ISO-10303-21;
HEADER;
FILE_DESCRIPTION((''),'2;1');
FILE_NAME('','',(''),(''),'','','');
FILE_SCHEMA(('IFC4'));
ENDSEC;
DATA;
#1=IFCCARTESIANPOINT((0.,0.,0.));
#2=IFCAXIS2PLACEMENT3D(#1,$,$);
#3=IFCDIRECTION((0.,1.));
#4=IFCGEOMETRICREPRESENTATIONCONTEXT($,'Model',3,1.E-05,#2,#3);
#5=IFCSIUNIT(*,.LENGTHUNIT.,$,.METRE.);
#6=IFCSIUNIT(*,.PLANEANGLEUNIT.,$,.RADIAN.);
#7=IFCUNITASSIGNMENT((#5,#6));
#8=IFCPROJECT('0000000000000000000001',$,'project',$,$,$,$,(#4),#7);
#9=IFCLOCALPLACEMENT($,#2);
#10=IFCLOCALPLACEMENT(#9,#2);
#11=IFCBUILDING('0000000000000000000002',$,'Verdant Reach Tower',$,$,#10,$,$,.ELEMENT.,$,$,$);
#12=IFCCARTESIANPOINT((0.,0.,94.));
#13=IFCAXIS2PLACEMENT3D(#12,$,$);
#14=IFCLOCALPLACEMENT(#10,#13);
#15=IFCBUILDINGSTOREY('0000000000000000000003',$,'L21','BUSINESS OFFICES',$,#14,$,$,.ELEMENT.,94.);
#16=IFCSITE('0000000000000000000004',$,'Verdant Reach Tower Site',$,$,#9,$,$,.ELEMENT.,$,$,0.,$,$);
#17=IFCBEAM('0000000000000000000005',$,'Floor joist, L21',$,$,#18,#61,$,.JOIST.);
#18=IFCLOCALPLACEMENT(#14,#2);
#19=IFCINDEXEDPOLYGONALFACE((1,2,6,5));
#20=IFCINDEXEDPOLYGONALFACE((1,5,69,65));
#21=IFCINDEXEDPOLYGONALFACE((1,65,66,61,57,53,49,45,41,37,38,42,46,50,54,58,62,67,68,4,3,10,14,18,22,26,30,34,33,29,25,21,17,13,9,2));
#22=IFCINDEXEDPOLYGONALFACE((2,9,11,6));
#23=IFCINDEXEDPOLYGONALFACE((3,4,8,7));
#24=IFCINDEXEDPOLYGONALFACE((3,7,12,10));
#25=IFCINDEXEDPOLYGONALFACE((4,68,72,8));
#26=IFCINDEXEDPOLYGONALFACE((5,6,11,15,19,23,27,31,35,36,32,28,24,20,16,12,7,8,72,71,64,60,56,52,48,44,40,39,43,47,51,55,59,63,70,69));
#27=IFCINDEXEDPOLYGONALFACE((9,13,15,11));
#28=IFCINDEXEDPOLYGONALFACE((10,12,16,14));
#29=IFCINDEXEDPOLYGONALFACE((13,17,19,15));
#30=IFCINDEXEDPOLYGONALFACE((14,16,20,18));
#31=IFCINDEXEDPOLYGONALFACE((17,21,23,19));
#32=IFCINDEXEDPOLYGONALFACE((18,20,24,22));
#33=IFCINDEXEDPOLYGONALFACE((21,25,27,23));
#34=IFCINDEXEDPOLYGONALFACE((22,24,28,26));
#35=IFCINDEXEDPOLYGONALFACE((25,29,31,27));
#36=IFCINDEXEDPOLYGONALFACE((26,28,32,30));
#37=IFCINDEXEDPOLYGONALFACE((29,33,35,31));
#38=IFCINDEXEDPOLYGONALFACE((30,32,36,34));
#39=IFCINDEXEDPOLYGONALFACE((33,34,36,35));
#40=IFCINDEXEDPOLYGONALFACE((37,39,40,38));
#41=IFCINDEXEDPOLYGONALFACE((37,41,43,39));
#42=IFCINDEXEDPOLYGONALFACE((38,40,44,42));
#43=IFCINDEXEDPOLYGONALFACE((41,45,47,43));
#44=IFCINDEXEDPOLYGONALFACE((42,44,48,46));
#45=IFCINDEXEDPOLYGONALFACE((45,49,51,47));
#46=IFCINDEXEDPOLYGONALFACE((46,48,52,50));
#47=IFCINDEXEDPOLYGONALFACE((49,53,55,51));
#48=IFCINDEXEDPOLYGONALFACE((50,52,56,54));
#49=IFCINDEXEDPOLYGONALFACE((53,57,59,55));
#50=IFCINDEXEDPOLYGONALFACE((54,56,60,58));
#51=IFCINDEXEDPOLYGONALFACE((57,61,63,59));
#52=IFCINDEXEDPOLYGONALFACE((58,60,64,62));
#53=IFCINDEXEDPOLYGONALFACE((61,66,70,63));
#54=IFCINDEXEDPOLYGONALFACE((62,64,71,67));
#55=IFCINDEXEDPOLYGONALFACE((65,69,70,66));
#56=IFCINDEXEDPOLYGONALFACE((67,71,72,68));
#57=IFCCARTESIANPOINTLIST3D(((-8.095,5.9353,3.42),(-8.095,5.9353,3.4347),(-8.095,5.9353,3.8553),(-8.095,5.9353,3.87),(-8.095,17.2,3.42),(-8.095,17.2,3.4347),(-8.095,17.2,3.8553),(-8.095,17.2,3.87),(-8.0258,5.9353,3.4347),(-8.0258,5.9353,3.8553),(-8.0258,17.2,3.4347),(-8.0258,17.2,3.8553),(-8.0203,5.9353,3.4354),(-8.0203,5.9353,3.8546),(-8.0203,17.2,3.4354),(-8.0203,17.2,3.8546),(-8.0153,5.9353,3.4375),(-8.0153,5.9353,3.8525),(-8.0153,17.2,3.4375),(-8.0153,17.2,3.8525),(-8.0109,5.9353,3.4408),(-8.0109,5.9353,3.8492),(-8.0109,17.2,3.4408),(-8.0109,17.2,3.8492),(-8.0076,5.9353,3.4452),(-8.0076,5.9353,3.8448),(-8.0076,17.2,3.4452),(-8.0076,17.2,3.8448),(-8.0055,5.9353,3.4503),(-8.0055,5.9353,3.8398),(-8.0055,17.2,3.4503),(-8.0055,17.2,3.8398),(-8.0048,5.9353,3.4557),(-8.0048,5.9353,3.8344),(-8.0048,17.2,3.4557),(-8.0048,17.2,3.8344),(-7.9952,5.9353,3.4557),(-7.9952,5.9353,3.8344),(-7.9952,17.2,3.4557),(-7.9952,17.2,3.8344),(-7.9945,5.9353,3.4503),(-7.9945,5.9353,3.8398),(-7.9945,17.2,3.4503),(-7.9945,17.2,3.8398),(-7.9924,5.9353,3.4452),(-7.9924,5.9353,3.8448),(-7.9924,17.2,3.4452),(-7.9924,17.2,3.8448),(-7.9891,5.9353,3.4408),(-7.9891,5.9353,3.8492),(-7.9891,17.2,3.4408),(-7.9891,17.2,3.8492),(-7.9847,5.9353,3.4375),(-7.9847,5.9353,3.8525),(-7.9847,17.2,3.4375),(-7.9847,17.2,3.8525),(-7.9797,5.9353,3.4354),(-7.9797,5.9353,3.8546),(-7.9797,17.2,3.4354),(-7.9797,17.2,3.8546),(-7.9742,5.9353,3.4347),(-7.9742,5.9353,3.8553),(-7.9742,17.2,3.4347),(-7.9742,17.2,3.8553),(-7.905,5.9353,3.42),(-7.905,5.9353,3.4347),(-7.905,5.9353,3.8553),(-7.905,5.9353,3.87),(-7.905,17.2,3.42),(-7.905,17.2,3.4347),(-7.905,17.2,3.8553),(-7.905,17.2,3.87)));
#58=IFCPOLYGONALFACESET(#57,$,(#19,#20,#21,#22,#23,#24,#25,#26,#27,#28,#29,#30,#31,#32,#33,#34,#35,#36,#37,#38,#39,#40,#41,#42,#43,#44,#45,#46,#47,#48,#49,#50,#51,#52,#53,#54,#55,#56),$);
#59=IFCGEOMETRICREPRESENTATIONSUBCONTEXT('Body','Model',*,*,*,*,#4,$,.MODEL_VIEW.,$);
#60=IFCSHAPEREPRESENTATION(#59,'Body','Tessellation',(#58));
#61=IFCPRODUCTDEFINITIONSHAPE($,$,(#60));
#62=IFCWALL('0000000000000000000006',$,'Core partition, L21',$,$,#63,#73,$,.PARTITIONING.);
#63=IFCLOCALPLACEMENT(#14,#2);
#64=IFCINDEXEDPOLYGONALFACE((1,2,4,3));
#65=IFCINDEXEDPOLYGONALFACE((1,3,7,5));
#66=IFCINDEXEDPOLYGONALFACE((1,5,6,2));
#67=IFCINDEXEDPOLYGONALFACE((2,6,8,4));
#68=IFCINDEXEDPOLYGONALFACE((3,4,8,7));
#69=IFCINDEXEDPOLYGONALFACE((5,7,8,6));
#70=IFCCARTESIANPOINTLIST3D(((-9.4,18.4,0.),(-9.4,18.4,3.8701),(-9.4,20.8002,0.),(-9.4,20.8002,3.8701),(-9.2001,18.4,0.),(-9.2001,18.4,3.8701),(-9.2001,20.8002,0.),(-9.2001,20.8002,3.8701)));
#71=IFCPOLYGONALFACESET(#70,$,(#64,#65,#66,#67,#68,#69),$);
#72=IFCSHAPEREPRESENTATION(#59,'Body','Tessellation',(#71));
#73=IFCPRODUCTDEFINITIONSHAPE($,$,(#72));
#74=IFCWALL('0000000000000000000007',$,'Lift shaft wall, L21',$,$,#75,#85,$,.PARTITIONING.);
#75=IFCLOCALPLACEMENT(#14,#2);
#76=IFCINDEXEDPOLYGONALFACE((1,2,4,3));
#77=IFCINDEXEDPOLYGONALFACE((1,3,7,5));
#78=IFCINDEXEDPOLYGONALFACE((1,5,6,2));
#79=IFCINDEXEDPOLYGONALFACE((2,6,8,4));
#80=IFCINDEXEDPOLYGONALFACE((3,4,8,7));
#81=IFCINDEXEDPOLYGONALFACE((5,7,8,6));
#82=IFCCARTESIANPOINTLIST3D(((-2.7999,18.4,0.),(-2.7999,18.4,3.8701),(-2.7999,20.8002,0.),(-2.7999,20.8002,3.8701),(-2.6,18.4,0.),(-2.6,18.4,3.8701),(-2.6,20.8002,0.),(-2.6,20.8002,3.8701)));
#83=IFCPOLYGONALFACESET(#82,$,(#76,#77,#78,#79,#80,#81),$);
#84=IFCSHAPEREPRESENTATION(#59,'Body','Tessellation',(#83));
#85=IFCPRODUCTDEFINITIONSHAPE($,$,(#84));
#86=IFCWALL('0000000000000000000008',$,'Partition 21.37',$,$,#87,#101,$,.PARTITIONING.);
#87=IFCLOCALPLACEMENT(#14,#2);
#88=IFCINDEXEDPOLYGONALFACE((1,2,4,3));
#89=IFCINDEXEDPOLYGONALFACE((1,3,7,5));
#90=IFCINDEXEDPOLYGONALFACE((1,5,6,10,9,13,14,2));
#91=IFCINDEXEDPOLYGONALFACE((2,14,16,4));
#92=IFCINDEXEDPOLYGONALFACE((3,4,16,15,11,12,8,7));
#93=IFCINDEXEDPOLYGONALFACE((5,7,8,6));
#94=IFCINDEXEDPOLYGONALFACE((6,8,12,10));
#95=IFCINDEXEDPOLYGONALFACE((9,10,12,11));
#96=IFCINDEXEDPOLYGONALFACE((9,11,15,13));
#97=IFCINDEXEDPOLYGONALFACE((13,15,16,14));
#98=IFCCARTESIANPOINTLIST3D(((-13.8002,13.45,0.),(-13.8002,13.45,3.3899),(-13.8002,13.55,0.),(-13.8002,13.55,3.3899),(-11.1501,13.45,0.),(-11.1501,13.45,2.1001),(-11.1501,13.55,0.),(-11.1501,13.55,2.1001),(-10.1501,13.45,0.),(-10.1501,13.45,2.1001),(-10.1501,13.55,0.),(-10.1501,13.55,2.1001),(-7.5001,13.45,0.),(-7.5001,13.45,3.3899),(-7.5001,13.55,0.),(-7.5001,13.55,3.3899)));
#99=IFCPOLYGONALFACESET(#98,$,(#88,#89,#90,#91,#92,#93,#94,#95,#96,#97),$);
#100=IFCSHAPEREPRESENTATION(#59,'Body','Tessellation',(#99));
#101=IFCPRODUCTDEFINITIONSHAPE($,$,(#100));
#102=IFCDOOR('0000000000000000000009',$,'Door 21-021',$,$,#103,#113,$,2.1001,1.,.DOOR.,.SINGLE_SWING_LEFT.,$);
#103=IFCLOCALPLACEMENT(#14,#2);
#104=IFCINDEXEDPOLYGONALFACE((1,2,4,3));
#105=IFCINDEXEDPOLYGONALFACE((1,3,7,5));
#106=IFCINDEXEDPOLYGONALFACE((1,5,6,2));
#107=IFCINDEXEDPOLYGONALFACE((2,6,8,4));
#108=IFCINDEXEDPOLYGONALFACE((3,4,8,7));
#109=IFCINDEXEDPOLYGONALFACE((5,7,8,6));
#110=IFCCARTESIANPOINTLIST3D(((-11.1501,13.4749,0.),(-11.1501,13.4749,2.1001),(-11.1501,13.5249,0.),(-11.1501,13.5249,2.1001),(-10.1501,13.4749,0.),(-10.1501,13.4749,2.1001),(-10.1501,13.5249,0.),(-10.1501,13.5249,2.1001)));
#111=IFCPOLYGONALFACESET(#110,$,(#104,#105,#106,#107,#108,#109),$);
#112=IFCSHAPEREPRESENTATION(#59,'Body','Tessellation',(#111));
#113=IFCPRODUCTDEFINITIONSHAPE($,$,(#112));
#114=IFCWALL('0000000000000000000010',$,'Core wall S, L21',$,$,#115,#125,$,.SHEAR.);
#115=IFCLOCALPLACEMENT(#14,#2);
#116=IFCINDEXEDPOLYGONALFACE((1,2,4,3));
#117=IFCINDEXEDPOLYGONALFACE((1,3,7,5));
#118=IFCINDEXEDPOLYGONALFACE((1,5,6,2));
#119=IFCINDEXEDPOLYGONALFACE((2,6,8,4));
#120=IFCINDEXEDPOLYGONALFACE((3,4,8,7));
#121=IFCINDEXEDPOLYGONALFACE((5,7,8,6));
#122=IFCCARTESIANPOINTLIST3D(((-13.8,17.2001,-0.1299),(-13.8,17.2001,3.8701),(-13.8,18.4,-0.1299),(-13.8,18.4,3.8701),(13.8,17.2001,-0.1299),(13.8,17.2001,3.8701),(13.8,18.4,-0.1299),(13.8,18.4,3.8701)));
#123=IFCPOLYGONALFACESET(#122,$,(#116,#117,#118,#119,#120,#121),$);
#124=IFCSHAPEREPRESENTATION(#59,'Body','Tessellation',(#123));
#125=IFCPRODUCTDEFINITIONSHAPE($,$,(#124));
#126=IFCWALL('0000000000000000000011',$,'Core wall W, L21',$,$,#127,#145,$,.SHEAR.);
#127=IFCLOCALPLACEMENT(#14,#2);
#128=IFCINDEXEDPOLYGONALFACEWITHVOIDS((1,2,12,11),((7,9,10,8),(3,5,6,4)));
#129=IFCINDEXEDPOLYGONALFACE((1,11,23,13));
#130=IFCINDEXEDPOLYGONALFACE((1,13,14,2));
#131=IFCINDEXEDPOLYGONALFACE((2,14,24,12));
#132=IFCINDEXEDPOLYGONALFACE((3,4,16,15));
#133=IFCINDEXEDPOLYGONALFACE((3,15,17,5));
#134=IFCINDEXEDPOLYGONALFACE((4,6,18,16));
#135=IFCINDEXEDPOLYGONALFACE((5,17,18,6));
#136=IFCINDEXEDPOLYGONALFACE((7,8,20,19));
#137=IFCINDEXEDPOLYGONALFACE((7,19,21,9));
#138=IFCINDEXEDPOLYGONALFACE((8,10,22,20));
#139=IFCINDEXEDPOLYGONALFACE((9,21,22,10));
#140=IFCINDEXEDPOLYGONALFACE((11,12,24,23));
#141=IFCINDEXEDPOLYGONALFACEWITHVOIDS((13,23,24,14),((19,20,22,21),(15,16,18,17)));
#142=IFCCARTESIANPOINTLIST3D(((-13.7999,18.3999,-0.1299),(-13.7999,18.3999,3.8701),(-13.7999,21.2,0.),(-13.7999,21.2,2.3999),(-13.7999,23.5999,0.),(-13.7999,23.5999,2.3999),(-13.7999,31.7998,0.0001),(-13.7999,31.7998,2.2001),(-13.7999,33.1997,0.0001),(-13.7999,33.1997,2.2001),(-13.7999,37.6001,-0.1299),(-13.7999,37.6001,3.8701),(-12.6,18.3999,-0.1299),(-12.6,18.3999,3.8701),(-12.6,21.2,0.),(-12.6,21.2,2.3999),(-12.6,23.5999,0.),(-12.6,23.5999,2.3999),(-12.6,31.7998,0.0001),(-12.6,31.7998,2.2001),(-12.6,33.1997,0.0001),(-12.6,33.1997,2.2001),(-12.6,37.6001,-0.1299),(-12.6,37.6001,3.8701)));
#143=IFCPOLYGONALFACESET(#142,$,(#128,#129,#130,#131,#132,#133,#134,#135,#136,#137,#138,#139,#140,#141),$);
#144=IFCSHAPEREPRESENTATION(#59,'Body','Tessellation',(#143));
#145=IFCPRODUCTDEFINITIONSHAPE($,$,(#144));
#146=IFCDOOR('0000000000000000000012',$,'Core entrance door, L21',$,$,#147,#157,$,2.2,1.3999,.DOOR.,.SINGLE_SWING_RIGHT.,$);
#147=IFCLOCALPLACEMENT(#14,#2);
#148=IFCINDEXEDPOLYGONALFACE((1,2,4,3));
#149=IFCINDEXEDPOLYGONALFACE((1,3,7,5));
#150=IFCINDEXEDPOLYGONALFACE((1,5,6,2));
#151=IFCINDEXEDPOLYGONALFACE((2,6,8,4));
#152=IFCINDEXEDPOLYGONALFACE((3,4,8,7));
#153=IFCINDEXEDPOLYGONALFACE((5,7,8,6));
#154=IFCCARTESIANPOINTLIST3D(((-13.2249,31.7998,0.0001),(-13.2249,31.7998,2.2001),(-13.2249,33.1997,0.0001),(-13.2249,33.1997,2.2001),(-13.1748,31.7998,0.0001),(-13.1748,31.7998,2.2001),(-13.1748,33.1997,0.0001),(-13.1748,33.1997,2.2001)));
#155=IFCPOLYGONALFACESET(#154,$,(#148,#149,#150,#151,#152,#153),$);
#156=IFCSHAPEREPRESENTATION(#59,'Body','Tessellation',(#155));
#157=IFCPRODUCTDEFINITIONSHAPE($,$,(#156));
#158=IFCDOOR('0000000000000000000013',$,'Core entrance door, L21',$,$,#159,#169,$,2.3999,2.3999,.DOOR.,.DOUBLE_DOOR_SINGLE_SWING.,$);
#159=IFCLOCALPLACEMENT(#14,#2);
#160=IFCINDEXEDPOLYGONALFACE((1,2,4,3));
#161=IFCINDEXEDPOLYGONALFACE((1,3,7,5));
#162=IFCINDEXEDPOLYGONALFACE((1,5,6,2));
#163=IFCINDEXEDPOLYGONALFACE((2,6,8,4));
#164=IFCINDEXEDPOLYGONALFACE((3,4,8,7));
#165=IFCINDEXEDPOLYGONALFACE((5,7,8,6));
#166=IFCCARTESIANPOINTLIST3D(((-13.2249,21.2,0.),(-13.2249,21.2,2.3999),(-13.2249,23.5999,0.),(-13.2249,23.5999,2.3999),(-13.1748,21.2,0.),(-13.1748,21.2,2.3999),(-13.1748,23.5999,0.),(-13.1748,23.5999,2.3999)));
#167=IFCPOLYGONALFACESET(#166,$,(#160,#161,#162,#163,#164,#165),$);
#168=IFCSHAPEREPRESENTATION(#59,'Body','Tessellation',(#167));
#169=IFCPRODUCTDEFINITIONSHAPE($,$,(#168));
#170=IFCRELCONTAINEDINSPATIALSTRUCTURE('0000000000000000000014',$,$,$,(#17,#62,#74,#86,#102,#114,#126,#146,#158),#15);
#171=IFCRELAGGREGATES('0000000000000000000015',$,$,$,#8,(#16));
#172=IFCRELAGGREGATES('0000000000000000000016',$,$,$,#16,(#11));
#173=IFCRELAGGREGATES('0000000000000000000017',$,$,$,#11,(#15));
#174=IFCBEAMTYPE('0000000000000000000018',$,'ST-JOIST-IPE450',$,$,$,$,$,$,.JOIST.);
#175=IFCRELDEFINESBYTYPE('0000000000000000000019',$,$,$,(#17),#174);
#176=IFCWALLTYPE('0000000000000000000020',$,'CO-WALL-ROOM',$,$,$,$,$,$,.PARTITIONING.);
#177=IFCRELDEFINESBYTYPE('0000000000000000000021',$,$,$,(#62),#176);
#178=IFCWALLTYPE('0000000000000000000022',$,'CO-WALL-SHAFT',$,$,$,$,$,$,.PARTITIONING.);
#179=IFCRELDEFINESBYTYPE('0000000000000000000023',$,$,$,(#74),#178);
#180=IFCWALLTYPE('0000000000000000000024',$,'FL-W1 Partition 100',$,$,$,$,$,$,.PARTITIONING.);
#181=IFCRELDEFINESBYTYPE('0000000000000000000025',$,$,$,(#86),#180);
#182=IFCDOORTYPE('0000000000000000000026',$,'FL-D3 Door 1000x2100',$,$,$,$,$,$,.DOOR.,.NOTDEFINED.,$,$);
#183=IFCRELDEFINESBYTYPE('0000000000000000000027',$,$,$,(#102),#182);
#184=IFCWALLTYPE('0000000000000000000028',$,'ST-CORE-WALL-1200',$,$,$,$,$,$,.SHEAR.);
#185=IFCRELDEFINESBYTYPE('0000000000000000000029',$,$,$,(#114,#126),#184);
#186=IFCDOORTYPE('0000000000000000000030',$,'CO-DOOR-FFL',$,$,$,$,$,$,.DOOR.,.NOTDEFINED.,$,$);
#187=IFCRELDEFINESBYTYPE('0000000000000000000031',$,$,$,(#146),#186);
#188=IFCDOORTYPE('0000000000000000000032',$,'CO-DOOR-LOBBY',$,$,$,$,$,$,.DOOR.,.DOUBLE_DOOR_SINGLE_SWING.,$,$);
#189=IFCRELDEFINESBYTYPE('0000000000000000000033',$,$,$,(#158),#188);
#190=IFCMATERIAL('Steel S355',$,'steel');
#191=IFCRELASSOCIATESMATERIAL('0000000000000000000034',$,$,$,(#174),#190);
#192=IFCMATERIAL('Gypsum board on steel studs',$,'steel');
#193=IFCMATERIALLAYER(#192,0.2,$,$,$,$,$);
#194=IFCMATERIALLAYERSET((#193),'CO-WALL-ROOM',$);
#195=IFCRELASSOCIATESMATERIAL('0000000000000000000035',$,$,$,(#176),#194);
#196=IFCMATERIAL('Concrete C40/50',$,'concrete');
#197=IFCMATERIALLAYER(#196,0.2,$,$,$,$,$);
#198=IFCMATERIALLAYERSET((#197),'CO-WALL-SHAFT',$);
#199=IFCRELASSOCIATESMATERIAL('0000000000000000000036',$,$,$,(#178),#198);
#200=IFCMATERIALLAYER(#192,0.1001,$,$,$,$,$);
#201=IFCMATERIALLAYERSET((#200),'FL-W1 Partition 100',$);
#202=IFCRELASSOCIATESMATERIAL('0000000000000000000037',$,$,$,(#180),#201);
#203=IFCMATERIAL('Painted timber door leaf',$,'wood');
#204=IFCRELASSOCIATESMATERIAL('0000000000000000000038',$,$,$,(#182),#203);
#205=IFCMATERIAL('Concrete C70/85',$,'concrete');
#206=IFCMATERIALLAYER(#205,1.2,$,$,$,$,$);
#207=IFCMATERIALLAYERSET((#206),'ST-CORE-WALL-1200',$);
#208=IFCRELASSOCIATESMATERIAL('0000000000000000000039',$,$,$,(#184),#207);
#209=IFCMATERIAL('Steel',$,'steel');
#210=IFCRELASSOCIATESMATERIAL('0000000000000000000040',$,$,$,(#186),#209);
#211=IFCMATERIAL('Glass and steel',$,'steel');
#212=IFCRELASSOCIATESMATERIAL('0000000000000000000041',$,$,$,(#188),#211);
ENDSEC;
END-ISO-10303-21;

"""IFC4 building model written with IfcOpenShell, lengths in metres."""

from ifc_helpers import new_model, si_unit, direction, frame, frame_2d, origin, origin_2d, place, context, subcontext, project, spatial, rectangle, i_section, extrude, material, layer, layer_set, material_profile, profile_set, type_object, element, fill, save


model = new_model("IFC4")

# Units and contexts
model_context = context("Model", 3, precision=1e-05, world=origin(), true_north=direction((0.0, 1.0)))
body_context = subcontext(model_context, "Body", "Model", "MODEL_VIEW")
ifc_project = project(units=[si_unit("LENGTHUNIT", "METRE"), si_unit("PLANEANGLEUNIT", "RADIAN")], contexts=[model_context])

# Site, building, storey
site_placement = place(None, origin())
site = spatial("IfcSite", under=ifc_project, at=site_placement, Name="Verdant Reach Tower Site", CompositionType="ELEMENT", RefElevation=0.0)
building_placement = place(site_placement, origin())
building = spatial("IfcBuilding", under=site, at=building_placement, Name="Verdant Reach Tower", CompositionType="ELEMENT")
storey_placement = place(building_placement, frame((0.0, 0.0, 94.0)))
storey = spatial("IfcBuildingStorey", under=building, at=storey_placement, Name="L21", Description="BUSINESS OFFICES", CompositionType="ELEMENT", Elevation=94.0)

# Beam
ifc_material_1 = material(Name="Steel S355", Category="steel")
ifc_material_profile_1 = material_profile(ifc_material_1, i_section(OverallWidth=0.1899, OverallDepth=0.45, WebThickness=0.0095, FlangeThickness=0.0146, FilletRadius=0.021, at=origin_2d()), Name="IPE 450")
ifc_profile_set_1 = profile_set([ifc_material_profile_1], Name="Steel S355")
beam_type_1 = type_object("IfcBeamType", Name="ST-JOIST-IPE450", PredefinedType="JOIST", material=ifc_profile_set_1)
beam_1_placement = place(storey_placement, frame((-8.0, 17.2, 3.645), z_axis=(0.0, -1.0, 0.0), x_axis=(1.0, 0.0, 0.0)))
element("IfcBeam", 1, at=beam_1_placement, inside=storey, type_object=beam_type_1, Name="Floor joist, L21", PredefinedType="JOIST", context=body_context, shape_type="SweptSolid", body=[
    extrude(i_section(OverallWidth=0.1899, OverallDepth=0.45, WebThickness=0.0095, FlangeThickness=0.0146, FilletRadius=0.021, at=origin_2d()), origin(), (0.0, 0.0, 1.0), 11.2646),
])

# Walls
ifc_material_2 = material(Name="Gypsum board on steel studs", Category="steel")
ifc_layer_1 = layer(ifc_material_2, 0.2)
ifc_layer_set_1 = layer_set([ifc_layer_1], Name="CO-WALL-ROOM")
wall_type_1 = type_object("IfcWallType", Name="CO-WALL-ROOM", PredefinedType="PARTITIONING", material=ifc_layer_set_1)
wall_1_placement = place(storey_placement, frame((-9.3, 18.3999, 0.0), z_axis=(0.0, 0.0, 1.0), x_axis=(0.0, 1.0, 0.0)))
element("IfcWall", 2, at=wall_1_placement, inside=storey, type_object=wall_type_1, Name="Core partition, L21", PredefinedType="PARTITIONING", context=body_context, shape_type="SweptSolid", body=[
    extrude(rectangle(XDim=2.4001, YDim=0.2, at=frame_2d((1.2002, 0.0))), origin(), (0.0, 0.0, 1.0), 3.8701),
])
ifc_material_3 = material(Name="Concrete C40/50", Category="concrete")
ifc_layer_2 = layer(ifc_material_3, 0.2)
ifc_layer_set_2 = layer_set([ifc_layer_2], Name="CO-WALL-SHAFT")
wall_type_2 = type_object("IfcWallType", Name="CO-WALL-SHAFT", PredefinedType="PARTITIONING", material=ifc_layer_set_2)
wall_2_placement = place(storey_placement, frame((-2.7, 18.3999, 0.0), z_axis=(0.0, 0.0, 1.0), x_axis=(0.0, 1.0, 0.0)))
element("IfcWall", 3, at=wall_2_placement, inside=storey, type_object=wall_type_2, Name="Lift shaft wall, L21", PredefinedType="PARTITIONING", context=body_context, shape_type="SweptSolid", body=[
    extrude(rectangle(XDim=2.4001, YDim=0.2, at=frame_2d((1.2002, 0.0))), origin(), (0.0, 0.0, 1.0), 3.8701),
])

# Wall, opening, door
ifc_layer_3 = layer(ifc_material_2, 0.1001)
ifc_layer_set_3 = layer_set([ifc_layer_3], Name="FL-W1 Partition 100")
wall_type_3 = type_object("IfcWallType", Name="FL-W1 Partition 100", PredefinedType="PARTITIONING", material=ifc_layer_set_3)
wall_3_placement = place(storey_placement, frame((-13.8, 13.5, 0.0), z_axis=(0.0, 0.0, 1.0), x_axis=(1.0, 0.0, 0.0)))
wall_3 = element("IfcWall", 4, at=wall_3_placement, inside=storey, type_object=wall_type_3, Name="Partition 21.37", PredefinedType="PARTITIONING", context=body_context, shape_type="SweptSolid", body=[
    extrude(rectangle(XDim=6.3, YDim=0.1001, at=frame_2d((3.1499, 0.0))), origin(), (0.0, 0.0, 1.0), 3.3899),
])
opening_1_placement = place(wall_3_placement, frame((2.6499, 0.0, 0.0)))
opening_1 = element("IfcOpeningElement", 5, at=opening_1_placement, cuts=wall_3, PredefinedType="OPENING", context=body_context, shape_type="SweptSolid", body=[
    extrude(rectangle(XDim=1.0, YDim=2.1001, at=frame_2d((0.5, 1.05))), frame((0.0, 0.0601, 0.0), z_axis=(0.0, -1.0, 0.0), x_axis=(1.0, 0.0, 0.0)), (0.0, 0.0, 1.0), 0.1201),
])
ifc_material_4 = material(Name="Painted timber door leaf", Category="wood")
door_type_1 = type_object("IfcDoorType", Name="FL-D3 Door 1000x2100", OperationType="NOTDEFINED", PredefinedType="DOOR", material=ifc_material_4)
door_1_placement = place(opening_1_placement, origin())
door_1 = element("IfcDoor", 6, at=door_1_placement, inside=storey, type_object=door_type_1, Name="Door 21-021", OperationType="SINGLE_SWING_LEFT", OverallHeight=2.1001, OverallWidth=1.0, PredefinedType="DOOR", context=body_context, shape_type="SweptSolid", body=[
    extrude(rectangle(XDim=1.0, YDim=2.1001, at=frame_2d((0.5, 1.05))), frame((0.0, 0.0249, 0.0), z_axis=(0.0, -1.0, 0.0), x_axis=(1.0, 0.0, 0.0)), (0.0, 0.0, 1.0), 0.05),
])
fill(opening_1, door_1)

# Wall
ifc_material_5 = material(Name="Concrete C70/85", Category="concrete")
ifc_layer_4 = layer(ifc_material_5, 1.2)
ifc_layer_set_4 = layer_set([ifc_layer_4], Name="ST-CORE-WALL-1200")
wall_type_4 = type_object("IfcWallType", Name="ST-CORE-WALL-1200", PredefinedType="SHEAR", material=ifc_layer_set_4)
wall_4_placement = place(storey_placement, frame((-13.8, 17.8, -0.1299), z_axis=(0.0, 0.0, 1.0), x_axis=(1.0, 0.0, 0.0)))
element("IfcWall", 7, at=wall_4_placement, inside=storey, type_object=wall_type_4, Name="Core wall S, L21", PredefinedType="SHEAR", context=body_context, shape_type="SweptSolid", body=[
    extrude(rectangle(XDim=27.6001, YDim=1.2, at=frame_2d((13.8, 0.0))), origin(), (0.0, 0.0, 1.0), 4.0),
])

# Wall, openings, doors
wall_5_placement = place(storey_placement, frame((-13.2, 18.3999, -0.1299), z_axis=(0.0, 0.0, 1.0), x_axis=(0.0, 1.0, 0.0)))
wall_5 = element("IfcWall", 8, at=wall_5_placement, inside=storey, type_object=wall_type_4, Name="Core wall W, L21", PredefinedType="SHEAR", context=body_context, shape_type="SweptSolid", body=[
    extrude(rectangle(XDim=19.2002, YDim=1.2, at=frame_2d((9.6001, 0.0))), origin(), (0.0, 0.0, 1.0), 4.0),
])
opening_2_placement = place(wall_5_placement, frame((2.8, 0.0, 0.1299)))
opening_2 = element("IfcOpeningElement", 9, at=opening_2_placement, cuts=wall_5, PredefinedType="OPENING", context=body_context, shape_type="SweptSolid", body=[
    extrude(rectangle(XDim=2.3999, YDim=2.3999, at=frame_2d((1.2, 1.2))), frame((0.0, 0.6099, 0.0), z_axis=(0.0, -1.0, 0.0), x_axis=(1.0, 0.0, 0.0)), (0.0, 0.0, 1.0), 1.22),
])
opening_3_placement = place(wall_5_placement, frame((13.3999, 0.0, 0.1299)))
opening_3 = element("IfcOpeningElement", 10, at=opening_3_placement, cuts=wall_5, PredefinedType="OPENING", context=body_context, shape_type="SweptSolid", body=[
    extrude(rectangle(XDim=1.3999, YDim=2.2, at=frame_2d((0.7, 1.1001))), frame((0.0, 0.6099, 0.0), z_axis=(0.0, -1.0, 0.0), x_axis=(1.0, 0.0, 0.0)), (0.0, 0.0, 1.0), 1.22),
])
ifc_material_6 = material(Name="Steel", Category="steel")
door_type_2 = type_object("IfcDoorType", Name="CO-DOOR-FFL", OperationType="NOTDEFINED", PredefinedType="DOOR", material=ifc_material_6)
door_2_placement = place(opening_3_placement, origin())
door_2 = element("IfcDoor", 11, at=door_2_placement, inside=storey, type_object=door_type_2, Name="Core entrance door, L21", OperationType="SINGLE_SWING_RIGHT", OverallHeight=2.2, OverallWidth=1.3999, PredefinedType="DOOR", context=body_context, shape_type="SweptSolid", body=[
    extrude(rectangle(XDim=1.3999, YDim=2.2, at=frame_2d((0.7, 1.1001))), frame((0.0, 0.0249, 0.0), z_axis=(0.0, -1.0, 0.0), x_axis=(1.0, 0.0, 0.0)), (0.0, 0.0, 1.0), 0.05),
])
fill(opening_3, door_2)
ifc_material_7 = material(Name="Glass and steel", Category="steel")
door_type_3 = type_object("IfcDoorType", Name="CO-DOOR-LOBBY", OperationType="DOUBLE_DOOR_SINGLE_SWING", PredefinedType="DOOR", material=ifc_material_7)
door_3_placement = place(opening_2_placement, origin())
door_3 = element("IfcDoor", 12, at=door_3_placement, inside=storey, type_object=door_type_3, Name="Core entrance door, L21", OperationType="DOUBLE_DOOR_SINGLE_SWING", OverallHeight=2.3999, OverallWidth=2.3999, PredefinedType="DOOR", context=body_context, shape_type="SweptSolid", body=[
    extrude(rectangle(XDim=2.3999, YDim=2.3999, at=frame_2d((1.2, 1.2))), frame((0.0, 0.0249, 0.0), z_axis=(0.0, -1.0, 0.0), x_axis=(1.0, 0.0, 0.0)), (0.0, 0.0, 1.0), 0.05),
])
fill(opening_2, door_3)

save(model, "model.ifc")
